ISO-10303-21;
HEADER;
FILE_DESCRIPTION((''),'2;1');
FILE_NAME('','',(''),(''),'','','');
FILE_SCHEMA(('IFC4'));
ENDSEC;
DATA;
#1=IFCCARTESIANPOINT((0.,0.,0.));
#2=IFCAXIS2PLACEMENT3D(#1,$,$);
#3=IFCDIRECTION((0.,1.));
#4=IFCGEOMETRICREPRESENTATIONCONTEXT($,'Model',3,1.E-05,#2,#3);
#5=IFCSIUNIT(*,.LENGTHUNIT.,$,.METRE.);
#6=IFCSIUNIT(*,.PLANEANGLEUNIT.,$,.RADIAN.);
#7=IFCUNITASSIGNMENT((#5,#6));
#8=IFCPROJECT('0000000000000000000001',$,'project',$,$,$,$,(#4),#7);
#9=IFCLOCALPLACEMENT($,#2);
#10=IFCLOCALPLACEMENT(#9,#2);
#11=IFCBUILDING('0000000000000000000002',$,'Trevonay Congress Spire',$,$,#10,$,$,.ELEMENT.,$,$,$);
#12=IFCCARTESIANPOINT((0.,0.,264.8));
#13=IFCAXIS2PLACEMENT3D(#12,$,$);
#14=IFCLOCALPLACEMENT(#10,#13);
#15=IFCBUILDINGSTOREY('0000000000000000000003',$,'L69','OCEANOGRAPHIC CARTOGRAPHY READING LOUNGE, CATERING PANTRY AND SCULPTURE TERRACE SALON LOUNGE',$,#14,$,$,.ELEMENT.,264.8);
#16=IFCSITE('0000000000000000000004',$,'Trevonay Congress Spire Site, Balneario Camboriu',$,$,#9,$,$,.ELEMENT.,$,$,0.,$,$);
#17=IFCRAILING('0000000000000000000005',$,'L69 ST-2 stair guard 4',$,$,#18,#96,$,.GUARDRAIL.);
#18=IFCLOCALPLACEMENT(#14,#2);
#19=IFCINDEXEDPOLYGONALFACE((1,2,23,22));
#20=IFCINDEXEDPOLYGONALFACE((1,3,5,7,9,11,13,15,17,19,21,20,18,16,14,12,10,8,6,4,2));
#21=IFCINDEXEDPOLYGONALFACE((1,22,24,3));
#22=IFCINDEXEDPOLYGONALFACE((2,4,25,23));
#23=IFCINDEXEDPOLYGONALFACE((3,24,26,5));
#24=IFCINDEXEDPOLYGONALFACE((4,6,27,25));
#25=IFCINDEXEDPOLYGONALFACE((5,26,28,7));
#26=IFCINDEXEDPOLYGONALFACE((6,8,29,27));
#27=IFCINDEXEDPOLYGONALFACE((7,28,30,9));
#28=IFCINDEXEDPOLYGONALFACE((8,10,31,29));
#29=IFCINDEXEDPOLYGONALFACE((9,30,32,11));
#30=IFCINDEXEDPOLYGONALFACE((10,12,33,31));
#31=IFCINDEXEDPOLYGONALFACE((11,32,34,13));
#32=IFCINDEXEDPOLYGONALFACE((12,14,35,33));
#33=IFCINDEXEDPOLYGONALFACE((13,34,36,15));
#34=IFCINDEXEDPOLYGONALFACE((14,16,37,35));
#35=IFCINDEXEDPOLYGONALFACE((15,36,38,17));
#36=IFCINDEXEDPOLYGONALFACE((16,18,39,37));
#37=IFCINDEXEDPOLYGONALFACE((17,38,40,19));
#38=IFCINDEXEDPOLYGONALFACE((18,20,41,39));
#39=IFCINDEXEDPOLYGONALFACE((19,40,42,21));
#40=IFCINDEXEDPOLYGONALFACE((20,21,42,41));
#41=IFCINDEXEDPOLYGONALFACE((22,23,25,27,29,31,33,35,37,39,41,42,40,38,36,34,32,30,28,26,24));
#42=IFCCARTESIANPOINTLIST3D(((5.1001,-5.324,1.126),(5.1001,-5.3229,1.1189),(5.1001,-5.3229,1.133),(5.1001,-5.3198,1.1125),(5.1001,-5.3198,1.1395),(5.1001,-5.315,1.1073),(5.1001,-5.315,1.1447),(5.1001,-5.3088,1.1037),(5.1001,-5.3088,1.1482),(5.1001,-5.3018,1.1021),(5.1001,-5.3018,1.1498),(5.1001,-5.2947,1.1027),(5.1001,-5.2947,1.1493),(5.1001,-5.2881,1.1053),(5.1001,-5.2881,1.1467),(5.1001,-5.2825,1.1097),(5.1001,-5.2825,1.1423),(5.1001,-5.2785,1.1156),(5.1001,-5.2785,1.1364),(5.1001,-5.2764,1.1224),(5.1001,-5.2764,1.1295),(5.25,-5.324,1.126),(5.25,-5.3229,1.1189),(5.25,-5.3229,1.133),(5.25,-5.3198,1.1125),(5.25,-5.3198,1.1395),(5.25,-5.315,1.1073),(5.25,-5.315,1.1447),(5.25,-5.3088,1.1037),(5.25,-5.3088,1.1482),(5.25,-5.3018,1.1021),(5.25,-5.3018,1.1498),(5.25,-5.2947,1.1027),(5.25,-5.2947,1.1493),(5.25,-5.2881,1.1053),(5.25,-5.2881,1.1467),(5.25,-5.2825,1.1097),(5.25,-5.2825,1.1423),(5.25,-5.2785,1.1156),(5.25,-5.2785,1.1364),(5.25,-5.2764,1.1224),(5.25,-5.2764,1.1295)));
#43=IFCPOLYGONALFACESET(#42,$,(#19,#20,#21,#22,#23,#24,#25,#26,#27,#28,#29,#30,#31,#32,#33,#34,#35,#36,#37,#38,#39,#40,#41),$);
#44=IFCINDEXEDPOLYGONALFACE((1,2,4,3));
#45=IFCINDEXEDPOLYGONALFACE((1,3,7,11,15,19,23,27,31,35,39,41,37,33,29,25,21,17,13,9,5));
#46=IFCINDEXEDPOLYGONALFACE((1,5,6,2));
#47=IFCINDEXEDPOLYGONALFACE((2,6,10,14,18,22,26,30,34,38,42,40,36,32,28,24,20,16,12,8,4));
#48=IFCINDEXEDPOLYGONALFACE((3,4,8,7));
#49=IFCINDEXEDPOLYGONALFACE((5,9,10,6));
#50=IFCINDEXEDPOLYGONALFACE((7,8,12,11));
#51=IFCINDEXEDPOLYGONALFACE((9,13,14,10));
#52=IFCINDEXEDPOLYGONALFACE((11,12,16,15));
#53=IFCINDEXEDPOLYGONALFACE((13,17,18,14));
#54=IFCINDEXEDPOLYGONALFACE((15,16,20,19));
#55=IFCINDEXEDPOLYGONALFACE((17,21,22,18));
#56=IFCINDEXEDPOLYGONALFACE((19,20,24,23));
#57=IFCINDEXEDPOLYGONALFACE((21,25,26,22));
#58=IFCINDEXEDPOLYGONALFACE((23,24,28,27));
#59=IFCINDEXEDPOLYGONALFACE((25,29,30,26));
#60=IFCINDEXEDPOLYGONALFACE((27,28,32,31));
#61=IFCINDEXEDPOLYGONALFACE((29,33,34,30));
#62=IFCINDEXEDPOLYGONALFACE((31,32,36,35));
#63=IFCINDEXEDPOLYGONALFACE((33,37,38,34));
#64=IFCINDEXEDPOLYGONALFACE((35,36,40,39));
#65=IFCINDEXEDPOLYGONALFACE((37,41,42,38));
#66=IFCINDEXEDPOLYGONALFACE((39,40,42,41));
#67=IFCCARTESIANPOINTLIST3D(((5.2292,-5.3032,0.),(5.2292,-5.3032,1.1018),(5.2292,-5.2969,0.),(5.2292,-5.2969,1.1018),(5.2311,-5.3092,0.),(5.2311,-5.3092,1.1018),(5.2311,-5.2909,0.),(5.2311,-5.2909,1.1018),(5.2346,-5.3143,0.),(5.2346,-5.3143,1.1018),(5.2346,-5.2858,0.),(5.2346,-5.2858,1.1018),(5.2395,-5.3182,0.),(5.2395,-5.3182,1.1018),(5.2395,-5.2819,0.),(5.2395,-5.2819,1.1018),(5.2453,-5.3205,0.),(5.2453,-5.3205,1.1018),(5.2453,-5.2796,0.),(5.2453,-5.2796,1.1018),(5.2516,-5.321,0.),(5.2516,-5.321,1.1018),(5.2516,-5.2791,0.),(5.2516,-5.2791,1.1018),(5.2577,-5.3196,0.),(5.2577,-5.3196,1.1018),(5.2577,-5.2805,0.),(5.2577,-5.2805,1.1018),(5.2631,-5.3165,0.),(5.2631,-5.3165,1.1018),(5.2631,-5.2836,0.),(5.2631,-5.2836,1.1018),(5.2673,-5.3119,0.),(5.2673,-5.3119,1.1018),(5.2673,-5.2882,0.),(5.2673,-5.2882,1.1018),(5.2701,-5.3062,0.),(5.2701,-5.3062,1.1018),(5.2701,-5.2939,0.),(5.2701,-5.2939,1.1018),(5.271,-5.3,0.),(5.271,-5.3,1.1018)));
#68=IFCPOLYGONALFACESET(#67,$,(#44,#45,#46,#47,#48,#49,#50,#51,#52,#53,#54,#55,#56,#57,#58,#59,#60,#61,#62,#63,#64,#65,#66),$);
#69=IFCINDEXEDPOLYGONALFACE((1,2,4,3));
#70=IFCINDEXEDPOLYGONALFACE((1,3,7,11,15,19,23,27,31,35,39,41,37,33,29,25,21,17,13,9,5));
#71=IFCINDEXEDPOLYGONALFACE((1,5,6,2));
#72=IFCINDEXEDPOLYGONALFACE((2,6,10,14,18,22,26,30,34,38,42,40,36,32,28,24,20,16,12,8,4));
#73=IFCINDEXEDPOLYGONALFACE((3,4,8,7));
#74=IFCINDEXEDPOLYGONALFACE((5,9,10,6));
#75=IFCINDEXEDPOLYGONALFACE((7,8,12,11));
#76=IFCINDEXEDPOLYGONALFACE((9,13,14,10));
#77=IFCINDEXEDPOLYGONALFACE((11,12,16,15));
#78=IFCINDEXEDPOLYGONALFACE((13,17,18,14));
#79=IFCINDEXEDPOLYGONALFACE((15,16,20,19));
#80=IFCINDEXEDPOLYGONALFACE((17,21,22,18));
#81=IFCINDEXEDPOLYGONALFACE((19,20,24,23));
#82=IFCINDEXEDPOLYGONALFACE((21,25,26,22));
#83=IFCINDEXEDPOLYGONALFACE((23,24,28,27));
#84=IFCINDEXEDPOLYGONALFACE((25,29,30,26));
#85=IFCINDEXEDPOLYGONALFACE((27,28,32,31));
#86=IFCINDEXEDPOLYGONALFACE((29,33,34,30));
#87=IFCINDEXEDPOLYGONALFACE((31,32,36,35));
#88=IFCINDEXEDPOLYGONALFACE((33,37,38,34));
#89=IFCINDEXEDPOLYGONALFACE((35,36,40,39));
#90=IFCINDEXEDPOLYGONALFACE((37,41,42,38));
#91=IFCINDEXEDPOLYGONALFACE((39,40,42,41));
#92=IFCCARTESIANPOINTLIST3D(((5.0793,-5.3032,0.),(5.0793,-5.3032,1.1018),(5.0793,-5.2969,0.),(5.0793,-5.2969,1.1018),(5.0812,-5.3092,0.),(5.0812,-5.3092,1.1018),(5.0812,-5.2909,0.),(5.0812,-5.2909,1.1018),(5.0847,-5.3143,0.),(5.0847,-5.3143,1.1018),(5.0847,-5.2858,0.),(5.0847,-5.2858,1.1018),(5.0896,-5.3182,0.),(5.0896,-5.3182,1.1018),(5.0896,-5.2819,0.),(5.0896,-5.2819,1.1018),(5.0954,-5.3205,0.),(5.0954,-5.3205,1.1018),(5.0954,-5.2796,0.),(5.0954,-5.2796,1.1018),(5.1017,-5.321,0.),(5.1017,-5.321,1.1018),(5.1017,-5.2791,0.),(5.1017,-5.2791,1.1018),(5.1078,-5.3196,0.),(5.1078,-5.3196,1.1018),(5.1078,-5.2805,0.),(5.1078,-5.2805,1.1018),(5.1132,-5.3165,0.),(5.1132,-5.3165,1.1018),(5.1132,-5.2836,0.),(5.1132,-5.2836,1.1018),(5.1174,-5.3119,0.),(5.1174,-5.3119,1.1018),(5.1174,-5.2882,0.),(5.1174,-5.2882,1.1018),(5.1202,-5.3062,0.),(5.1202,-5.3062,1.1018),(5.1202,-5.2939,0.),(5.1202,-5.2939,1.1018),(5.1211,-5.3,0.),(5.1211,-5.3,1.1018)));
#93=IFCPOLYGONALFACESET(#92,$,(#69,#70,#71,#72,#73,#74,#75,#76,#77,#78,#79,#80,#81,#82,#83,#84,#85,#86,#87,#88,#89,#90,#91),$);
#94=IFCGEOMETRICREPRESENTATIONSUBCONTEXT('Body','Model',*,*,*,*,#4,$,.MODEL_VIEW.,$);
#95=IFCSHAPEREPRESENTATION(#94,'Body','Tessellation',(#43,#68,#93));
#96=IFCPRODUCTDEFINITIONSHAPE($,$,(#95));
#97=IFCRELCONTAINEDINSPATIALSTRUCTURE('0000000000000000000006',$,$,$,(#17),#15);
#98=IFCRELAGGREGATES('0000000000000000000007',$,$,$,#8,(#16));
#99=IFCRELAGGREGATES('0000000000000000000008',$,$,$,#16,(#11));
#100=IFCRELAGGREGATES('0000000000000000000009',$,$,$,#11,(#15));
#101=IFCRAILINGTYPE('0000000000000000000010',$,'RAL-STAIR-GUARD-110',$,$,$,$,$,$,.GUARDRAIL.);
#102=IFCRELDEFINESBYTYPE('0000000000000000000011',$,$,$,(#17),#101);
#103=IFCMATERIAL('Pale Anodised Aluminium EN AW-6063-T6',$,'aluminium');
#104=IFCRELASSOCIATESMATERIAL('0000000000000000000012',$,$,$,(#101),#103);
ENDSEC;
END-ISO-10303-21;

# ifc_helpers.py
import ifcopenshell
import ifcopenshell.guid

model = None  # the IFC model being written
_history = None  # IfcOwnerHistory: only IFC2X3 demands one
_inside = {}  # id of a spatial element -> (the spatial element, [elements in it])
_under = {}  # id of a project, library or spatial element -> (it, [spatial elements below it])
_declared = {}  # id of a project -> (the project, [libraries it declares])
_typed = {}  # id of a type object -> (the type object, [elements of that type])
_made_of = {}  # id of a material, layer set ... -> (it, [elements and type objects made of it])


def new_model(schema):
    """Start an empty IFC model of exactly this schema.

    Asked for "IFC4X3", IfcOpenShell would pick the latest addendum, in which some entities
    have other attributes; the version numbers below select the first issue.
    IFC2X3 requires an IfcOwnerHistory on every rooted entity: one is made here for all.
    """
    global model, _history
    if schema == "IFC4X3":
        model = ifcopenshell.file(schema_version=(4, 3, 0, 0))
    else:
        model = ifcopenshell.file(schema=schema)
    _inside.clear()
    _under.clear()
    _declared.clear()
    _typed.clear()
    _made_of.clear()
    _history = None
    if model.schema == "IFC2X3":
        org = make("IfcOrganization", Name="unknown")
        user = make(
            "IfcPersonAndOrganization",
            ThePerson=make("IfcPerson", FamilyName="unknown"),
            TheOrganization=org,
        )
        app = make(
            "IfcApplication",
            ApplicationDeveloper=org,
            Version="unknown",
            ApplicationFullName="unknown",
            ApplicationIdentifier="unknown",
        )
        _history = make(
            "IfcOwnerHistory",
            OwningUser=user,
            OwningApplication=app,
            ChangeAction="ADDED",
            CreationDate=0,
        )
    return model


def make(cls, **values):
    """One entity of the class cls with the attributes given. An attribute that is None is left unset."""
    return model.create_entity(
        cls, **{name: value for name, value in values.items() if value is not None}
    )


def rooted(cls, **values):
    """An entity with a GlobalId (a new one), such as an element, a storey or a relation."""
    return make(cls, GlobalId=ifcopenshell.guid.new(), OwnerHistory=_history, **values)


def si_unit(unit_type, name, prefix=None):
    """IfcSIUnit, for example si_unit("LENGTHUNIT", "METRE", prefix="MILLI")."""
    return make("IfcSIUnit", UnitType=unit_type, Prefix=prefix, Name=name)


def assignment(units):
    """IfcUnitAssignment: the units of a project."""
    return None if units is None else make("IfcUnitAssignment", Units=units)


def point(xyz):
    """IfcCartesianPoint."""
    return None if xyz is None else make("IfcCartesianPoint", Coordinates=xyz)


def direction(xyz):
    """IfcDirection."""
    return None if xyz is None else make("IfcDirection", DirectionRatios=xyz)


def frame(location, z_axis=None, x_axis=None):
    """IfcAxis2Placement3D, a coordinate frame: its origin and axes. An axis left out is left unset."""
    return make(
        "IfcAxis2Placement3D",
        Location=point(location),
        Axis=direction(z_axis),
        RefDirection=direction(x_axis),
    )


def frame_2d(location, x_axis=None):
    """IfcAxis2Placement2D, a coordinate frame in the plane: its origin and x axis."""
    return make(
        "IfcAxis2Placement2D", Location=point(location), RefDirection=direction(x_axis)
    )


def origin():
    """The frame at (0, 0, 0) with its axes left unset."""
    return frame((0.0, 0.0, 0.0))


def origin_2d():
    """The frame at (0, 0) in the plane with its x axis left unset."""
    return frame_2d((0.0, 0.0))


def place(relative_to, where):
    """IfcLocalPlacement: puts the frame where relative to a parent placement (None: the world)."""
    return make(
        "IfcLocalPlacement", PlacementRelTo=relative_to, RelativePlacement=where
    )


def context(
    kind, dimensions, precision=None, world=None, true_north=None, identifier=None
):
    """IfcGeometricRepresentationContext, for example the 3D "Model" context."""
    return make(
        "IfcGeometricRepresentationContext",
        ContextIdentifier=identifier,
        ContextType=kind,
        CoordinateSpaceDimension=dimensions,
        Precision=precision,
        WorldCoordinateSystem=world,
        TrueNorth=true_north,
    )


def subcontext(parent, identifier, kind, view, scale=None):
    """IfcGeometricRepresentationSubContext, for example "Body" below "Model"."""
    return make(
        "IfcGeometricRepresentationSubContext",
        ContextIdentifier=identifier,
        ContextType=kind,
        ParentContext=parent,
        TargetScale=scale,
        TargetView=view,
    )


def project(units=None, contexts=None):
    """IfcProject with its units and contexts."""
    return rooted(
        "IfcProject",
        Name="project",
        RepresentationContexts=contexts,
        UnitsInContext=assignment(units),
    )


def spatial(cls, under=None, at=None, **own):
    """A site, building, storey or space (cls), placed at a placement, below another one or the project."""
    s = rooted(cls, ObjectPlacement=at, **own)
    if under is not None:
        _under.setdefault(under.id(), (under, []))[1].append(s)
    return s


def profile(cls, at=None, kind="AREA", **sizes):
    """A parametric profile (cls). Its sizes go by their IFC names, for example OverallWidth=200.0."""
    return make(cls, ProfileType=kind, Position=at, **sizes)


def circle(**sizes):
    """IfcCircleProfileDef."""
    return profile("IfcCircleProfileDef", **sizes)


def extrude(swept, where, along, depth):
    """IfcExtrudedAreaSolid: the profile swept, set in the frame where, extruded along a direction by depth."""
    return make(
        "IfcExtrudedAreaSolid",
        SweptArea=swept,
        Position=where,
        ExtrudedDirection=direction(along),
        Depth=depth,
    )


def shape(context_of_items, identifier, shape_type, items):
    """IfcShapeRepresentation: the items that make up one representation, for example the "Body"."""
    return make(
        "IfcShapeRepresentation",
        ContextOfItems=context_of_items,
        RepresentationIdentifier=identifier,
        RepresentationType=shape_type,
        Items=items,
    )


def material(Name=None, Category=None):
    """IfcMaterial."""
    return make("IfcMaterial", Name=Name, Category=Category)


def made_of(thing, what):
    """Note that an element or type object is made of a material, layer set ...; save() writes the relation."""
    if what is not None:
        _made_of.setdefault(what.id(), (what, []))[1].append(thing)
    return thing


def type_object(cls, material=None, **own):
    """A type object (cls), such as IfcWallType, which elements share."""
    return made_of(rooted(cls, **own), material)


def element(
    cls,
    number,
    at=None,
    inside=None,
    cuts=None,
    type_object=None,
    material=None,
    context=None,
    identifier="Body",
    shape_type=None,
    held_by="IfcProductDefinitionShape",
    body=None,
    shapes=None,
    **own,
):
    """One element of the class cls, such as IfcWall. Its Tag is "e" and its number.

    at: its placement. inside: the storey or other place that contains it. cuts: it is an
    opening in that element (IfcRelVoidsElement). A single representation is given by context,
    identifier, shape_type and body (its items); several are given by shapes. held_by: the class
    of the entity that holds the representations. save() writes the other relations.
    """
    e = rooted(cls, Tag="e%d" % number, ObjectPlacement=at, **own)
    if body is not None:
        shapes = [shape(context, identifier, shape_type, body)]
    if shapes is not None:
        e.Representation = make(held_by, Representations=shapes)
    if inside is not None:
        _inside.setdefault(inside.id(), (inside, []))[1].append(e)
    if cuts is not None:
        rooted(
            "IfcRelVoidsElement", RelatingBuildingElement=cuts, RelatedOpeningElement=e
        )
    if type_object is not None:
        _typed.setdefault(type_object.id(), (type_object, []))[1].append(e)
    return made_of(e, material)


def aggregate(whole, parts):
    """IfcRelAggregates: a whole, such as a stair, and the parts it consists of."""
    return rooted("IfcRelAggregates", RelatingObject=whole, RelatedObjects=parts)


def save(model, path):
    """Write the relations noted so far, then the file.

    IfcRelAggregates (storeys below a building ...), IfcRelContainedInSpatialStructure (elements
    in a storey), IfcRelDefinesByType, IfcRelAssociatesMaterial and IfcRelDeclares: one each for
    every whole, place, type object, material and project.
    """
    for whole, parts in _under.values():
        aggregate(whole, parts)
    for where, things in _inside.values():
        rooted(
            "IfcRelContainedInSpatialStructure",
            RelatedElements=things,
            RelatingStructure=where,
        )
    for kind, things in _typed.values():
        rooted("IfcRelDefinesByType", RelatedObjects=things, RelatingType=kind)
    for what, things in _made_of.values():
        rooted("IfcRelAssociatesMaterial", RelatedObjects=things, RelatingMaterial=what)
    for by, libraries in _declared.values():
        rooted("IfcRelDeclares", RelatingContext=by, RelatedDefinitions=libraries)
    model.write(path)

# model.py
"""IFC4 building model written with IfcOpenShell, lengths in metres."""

from ifc_helpers import new_model, si_unit, direction, frame, origin, origin_2d, place, context, subcontext, project, spatial, circle, extrude, material, type_object, element, save


model = new_model("IFC4")

# Units and contexts
model_context = context("Model", 3, precision=1e-05, world=origin(), true_north=direction((0.0, 1.0)))
body_context = subcontext(model_context, "Body", "Model", "MODEL_VIEW")
ifc_project = project(units=[si_unit("LENGTHUNIT", "METRE"), si_unit("PLANEANGLEUNIT", "RADIAN")], contexts=[model_context])

# Site, building, storey
site_placement = place(None, origin())
site = spatial("IfcSite", under=ifc_project, at=site_placement, Name="Trevonay Congress Spire Site, Balneario Camboriu", CompositionType="ELEMENT", RefElevation=0.0)
building_placement = place(site_placement, origin())
building = spatial("IfcBuilding", under=site, at=building_placement, Name="Trevonay Congress Spire", CompositionType="ELEMENT")
storey_placement = place(building_placement, frame((0.0, 0.0, 264.8)))
storey = spatial("IfcBuildingStorey", under=building, at=storey_placement, Name="L69", Description="OCEANOGRAPHIC CARTOGRAPHY READING LOUNGE, CATERING PANTRY AND SCULPTURE TERRACE SALON LOUNGE", CompositionType="ELEMENT", Elevation=264.8)

# Railing
ifc_material_1 = material(Name="Pale Anodised Aluminium EN AW-6063-T6", Category="aluminium")
railing_type_1 = type_object("IfcRailingType", Name="RAL-STAIR-GUARD-110", PredefinedType="GUARDRAIL", material=ifc_material_1)
railing_1_placement = place(storey_placement, frame((5.25, -5.3, 0.0)))
element("IfcRailing", 1, at=railing_1_placement, inside=storey, type_object=railing_type_1, Name="L69 ST-2 stair guard 4", PredefinedType="GUARDRAIL", context=body_context, shape_type="SweptSolid", body=[
    extrude(circle(Radius=0.0239, at=origin_2d()), frame((0.0, 0.0, 1.126), z_axis=(-1.0, 0.0, 0.0), x_axis=(0.0, -1.0, 0.0)), (0.0, 0.0, 1.0), 0.1499),
    extrude(circle(Radius=0.021, at=origin_2d()), origin(), (0.0, 0.0, 1.0), 1.1018),
    extrude(circle(Radius=0.021, at=origin_2d()), frame((-0.1499, 0.0, 0.0)), (0.0, 0.0, 1.0), 1.1018),
])

save(model, "model.ifc")
